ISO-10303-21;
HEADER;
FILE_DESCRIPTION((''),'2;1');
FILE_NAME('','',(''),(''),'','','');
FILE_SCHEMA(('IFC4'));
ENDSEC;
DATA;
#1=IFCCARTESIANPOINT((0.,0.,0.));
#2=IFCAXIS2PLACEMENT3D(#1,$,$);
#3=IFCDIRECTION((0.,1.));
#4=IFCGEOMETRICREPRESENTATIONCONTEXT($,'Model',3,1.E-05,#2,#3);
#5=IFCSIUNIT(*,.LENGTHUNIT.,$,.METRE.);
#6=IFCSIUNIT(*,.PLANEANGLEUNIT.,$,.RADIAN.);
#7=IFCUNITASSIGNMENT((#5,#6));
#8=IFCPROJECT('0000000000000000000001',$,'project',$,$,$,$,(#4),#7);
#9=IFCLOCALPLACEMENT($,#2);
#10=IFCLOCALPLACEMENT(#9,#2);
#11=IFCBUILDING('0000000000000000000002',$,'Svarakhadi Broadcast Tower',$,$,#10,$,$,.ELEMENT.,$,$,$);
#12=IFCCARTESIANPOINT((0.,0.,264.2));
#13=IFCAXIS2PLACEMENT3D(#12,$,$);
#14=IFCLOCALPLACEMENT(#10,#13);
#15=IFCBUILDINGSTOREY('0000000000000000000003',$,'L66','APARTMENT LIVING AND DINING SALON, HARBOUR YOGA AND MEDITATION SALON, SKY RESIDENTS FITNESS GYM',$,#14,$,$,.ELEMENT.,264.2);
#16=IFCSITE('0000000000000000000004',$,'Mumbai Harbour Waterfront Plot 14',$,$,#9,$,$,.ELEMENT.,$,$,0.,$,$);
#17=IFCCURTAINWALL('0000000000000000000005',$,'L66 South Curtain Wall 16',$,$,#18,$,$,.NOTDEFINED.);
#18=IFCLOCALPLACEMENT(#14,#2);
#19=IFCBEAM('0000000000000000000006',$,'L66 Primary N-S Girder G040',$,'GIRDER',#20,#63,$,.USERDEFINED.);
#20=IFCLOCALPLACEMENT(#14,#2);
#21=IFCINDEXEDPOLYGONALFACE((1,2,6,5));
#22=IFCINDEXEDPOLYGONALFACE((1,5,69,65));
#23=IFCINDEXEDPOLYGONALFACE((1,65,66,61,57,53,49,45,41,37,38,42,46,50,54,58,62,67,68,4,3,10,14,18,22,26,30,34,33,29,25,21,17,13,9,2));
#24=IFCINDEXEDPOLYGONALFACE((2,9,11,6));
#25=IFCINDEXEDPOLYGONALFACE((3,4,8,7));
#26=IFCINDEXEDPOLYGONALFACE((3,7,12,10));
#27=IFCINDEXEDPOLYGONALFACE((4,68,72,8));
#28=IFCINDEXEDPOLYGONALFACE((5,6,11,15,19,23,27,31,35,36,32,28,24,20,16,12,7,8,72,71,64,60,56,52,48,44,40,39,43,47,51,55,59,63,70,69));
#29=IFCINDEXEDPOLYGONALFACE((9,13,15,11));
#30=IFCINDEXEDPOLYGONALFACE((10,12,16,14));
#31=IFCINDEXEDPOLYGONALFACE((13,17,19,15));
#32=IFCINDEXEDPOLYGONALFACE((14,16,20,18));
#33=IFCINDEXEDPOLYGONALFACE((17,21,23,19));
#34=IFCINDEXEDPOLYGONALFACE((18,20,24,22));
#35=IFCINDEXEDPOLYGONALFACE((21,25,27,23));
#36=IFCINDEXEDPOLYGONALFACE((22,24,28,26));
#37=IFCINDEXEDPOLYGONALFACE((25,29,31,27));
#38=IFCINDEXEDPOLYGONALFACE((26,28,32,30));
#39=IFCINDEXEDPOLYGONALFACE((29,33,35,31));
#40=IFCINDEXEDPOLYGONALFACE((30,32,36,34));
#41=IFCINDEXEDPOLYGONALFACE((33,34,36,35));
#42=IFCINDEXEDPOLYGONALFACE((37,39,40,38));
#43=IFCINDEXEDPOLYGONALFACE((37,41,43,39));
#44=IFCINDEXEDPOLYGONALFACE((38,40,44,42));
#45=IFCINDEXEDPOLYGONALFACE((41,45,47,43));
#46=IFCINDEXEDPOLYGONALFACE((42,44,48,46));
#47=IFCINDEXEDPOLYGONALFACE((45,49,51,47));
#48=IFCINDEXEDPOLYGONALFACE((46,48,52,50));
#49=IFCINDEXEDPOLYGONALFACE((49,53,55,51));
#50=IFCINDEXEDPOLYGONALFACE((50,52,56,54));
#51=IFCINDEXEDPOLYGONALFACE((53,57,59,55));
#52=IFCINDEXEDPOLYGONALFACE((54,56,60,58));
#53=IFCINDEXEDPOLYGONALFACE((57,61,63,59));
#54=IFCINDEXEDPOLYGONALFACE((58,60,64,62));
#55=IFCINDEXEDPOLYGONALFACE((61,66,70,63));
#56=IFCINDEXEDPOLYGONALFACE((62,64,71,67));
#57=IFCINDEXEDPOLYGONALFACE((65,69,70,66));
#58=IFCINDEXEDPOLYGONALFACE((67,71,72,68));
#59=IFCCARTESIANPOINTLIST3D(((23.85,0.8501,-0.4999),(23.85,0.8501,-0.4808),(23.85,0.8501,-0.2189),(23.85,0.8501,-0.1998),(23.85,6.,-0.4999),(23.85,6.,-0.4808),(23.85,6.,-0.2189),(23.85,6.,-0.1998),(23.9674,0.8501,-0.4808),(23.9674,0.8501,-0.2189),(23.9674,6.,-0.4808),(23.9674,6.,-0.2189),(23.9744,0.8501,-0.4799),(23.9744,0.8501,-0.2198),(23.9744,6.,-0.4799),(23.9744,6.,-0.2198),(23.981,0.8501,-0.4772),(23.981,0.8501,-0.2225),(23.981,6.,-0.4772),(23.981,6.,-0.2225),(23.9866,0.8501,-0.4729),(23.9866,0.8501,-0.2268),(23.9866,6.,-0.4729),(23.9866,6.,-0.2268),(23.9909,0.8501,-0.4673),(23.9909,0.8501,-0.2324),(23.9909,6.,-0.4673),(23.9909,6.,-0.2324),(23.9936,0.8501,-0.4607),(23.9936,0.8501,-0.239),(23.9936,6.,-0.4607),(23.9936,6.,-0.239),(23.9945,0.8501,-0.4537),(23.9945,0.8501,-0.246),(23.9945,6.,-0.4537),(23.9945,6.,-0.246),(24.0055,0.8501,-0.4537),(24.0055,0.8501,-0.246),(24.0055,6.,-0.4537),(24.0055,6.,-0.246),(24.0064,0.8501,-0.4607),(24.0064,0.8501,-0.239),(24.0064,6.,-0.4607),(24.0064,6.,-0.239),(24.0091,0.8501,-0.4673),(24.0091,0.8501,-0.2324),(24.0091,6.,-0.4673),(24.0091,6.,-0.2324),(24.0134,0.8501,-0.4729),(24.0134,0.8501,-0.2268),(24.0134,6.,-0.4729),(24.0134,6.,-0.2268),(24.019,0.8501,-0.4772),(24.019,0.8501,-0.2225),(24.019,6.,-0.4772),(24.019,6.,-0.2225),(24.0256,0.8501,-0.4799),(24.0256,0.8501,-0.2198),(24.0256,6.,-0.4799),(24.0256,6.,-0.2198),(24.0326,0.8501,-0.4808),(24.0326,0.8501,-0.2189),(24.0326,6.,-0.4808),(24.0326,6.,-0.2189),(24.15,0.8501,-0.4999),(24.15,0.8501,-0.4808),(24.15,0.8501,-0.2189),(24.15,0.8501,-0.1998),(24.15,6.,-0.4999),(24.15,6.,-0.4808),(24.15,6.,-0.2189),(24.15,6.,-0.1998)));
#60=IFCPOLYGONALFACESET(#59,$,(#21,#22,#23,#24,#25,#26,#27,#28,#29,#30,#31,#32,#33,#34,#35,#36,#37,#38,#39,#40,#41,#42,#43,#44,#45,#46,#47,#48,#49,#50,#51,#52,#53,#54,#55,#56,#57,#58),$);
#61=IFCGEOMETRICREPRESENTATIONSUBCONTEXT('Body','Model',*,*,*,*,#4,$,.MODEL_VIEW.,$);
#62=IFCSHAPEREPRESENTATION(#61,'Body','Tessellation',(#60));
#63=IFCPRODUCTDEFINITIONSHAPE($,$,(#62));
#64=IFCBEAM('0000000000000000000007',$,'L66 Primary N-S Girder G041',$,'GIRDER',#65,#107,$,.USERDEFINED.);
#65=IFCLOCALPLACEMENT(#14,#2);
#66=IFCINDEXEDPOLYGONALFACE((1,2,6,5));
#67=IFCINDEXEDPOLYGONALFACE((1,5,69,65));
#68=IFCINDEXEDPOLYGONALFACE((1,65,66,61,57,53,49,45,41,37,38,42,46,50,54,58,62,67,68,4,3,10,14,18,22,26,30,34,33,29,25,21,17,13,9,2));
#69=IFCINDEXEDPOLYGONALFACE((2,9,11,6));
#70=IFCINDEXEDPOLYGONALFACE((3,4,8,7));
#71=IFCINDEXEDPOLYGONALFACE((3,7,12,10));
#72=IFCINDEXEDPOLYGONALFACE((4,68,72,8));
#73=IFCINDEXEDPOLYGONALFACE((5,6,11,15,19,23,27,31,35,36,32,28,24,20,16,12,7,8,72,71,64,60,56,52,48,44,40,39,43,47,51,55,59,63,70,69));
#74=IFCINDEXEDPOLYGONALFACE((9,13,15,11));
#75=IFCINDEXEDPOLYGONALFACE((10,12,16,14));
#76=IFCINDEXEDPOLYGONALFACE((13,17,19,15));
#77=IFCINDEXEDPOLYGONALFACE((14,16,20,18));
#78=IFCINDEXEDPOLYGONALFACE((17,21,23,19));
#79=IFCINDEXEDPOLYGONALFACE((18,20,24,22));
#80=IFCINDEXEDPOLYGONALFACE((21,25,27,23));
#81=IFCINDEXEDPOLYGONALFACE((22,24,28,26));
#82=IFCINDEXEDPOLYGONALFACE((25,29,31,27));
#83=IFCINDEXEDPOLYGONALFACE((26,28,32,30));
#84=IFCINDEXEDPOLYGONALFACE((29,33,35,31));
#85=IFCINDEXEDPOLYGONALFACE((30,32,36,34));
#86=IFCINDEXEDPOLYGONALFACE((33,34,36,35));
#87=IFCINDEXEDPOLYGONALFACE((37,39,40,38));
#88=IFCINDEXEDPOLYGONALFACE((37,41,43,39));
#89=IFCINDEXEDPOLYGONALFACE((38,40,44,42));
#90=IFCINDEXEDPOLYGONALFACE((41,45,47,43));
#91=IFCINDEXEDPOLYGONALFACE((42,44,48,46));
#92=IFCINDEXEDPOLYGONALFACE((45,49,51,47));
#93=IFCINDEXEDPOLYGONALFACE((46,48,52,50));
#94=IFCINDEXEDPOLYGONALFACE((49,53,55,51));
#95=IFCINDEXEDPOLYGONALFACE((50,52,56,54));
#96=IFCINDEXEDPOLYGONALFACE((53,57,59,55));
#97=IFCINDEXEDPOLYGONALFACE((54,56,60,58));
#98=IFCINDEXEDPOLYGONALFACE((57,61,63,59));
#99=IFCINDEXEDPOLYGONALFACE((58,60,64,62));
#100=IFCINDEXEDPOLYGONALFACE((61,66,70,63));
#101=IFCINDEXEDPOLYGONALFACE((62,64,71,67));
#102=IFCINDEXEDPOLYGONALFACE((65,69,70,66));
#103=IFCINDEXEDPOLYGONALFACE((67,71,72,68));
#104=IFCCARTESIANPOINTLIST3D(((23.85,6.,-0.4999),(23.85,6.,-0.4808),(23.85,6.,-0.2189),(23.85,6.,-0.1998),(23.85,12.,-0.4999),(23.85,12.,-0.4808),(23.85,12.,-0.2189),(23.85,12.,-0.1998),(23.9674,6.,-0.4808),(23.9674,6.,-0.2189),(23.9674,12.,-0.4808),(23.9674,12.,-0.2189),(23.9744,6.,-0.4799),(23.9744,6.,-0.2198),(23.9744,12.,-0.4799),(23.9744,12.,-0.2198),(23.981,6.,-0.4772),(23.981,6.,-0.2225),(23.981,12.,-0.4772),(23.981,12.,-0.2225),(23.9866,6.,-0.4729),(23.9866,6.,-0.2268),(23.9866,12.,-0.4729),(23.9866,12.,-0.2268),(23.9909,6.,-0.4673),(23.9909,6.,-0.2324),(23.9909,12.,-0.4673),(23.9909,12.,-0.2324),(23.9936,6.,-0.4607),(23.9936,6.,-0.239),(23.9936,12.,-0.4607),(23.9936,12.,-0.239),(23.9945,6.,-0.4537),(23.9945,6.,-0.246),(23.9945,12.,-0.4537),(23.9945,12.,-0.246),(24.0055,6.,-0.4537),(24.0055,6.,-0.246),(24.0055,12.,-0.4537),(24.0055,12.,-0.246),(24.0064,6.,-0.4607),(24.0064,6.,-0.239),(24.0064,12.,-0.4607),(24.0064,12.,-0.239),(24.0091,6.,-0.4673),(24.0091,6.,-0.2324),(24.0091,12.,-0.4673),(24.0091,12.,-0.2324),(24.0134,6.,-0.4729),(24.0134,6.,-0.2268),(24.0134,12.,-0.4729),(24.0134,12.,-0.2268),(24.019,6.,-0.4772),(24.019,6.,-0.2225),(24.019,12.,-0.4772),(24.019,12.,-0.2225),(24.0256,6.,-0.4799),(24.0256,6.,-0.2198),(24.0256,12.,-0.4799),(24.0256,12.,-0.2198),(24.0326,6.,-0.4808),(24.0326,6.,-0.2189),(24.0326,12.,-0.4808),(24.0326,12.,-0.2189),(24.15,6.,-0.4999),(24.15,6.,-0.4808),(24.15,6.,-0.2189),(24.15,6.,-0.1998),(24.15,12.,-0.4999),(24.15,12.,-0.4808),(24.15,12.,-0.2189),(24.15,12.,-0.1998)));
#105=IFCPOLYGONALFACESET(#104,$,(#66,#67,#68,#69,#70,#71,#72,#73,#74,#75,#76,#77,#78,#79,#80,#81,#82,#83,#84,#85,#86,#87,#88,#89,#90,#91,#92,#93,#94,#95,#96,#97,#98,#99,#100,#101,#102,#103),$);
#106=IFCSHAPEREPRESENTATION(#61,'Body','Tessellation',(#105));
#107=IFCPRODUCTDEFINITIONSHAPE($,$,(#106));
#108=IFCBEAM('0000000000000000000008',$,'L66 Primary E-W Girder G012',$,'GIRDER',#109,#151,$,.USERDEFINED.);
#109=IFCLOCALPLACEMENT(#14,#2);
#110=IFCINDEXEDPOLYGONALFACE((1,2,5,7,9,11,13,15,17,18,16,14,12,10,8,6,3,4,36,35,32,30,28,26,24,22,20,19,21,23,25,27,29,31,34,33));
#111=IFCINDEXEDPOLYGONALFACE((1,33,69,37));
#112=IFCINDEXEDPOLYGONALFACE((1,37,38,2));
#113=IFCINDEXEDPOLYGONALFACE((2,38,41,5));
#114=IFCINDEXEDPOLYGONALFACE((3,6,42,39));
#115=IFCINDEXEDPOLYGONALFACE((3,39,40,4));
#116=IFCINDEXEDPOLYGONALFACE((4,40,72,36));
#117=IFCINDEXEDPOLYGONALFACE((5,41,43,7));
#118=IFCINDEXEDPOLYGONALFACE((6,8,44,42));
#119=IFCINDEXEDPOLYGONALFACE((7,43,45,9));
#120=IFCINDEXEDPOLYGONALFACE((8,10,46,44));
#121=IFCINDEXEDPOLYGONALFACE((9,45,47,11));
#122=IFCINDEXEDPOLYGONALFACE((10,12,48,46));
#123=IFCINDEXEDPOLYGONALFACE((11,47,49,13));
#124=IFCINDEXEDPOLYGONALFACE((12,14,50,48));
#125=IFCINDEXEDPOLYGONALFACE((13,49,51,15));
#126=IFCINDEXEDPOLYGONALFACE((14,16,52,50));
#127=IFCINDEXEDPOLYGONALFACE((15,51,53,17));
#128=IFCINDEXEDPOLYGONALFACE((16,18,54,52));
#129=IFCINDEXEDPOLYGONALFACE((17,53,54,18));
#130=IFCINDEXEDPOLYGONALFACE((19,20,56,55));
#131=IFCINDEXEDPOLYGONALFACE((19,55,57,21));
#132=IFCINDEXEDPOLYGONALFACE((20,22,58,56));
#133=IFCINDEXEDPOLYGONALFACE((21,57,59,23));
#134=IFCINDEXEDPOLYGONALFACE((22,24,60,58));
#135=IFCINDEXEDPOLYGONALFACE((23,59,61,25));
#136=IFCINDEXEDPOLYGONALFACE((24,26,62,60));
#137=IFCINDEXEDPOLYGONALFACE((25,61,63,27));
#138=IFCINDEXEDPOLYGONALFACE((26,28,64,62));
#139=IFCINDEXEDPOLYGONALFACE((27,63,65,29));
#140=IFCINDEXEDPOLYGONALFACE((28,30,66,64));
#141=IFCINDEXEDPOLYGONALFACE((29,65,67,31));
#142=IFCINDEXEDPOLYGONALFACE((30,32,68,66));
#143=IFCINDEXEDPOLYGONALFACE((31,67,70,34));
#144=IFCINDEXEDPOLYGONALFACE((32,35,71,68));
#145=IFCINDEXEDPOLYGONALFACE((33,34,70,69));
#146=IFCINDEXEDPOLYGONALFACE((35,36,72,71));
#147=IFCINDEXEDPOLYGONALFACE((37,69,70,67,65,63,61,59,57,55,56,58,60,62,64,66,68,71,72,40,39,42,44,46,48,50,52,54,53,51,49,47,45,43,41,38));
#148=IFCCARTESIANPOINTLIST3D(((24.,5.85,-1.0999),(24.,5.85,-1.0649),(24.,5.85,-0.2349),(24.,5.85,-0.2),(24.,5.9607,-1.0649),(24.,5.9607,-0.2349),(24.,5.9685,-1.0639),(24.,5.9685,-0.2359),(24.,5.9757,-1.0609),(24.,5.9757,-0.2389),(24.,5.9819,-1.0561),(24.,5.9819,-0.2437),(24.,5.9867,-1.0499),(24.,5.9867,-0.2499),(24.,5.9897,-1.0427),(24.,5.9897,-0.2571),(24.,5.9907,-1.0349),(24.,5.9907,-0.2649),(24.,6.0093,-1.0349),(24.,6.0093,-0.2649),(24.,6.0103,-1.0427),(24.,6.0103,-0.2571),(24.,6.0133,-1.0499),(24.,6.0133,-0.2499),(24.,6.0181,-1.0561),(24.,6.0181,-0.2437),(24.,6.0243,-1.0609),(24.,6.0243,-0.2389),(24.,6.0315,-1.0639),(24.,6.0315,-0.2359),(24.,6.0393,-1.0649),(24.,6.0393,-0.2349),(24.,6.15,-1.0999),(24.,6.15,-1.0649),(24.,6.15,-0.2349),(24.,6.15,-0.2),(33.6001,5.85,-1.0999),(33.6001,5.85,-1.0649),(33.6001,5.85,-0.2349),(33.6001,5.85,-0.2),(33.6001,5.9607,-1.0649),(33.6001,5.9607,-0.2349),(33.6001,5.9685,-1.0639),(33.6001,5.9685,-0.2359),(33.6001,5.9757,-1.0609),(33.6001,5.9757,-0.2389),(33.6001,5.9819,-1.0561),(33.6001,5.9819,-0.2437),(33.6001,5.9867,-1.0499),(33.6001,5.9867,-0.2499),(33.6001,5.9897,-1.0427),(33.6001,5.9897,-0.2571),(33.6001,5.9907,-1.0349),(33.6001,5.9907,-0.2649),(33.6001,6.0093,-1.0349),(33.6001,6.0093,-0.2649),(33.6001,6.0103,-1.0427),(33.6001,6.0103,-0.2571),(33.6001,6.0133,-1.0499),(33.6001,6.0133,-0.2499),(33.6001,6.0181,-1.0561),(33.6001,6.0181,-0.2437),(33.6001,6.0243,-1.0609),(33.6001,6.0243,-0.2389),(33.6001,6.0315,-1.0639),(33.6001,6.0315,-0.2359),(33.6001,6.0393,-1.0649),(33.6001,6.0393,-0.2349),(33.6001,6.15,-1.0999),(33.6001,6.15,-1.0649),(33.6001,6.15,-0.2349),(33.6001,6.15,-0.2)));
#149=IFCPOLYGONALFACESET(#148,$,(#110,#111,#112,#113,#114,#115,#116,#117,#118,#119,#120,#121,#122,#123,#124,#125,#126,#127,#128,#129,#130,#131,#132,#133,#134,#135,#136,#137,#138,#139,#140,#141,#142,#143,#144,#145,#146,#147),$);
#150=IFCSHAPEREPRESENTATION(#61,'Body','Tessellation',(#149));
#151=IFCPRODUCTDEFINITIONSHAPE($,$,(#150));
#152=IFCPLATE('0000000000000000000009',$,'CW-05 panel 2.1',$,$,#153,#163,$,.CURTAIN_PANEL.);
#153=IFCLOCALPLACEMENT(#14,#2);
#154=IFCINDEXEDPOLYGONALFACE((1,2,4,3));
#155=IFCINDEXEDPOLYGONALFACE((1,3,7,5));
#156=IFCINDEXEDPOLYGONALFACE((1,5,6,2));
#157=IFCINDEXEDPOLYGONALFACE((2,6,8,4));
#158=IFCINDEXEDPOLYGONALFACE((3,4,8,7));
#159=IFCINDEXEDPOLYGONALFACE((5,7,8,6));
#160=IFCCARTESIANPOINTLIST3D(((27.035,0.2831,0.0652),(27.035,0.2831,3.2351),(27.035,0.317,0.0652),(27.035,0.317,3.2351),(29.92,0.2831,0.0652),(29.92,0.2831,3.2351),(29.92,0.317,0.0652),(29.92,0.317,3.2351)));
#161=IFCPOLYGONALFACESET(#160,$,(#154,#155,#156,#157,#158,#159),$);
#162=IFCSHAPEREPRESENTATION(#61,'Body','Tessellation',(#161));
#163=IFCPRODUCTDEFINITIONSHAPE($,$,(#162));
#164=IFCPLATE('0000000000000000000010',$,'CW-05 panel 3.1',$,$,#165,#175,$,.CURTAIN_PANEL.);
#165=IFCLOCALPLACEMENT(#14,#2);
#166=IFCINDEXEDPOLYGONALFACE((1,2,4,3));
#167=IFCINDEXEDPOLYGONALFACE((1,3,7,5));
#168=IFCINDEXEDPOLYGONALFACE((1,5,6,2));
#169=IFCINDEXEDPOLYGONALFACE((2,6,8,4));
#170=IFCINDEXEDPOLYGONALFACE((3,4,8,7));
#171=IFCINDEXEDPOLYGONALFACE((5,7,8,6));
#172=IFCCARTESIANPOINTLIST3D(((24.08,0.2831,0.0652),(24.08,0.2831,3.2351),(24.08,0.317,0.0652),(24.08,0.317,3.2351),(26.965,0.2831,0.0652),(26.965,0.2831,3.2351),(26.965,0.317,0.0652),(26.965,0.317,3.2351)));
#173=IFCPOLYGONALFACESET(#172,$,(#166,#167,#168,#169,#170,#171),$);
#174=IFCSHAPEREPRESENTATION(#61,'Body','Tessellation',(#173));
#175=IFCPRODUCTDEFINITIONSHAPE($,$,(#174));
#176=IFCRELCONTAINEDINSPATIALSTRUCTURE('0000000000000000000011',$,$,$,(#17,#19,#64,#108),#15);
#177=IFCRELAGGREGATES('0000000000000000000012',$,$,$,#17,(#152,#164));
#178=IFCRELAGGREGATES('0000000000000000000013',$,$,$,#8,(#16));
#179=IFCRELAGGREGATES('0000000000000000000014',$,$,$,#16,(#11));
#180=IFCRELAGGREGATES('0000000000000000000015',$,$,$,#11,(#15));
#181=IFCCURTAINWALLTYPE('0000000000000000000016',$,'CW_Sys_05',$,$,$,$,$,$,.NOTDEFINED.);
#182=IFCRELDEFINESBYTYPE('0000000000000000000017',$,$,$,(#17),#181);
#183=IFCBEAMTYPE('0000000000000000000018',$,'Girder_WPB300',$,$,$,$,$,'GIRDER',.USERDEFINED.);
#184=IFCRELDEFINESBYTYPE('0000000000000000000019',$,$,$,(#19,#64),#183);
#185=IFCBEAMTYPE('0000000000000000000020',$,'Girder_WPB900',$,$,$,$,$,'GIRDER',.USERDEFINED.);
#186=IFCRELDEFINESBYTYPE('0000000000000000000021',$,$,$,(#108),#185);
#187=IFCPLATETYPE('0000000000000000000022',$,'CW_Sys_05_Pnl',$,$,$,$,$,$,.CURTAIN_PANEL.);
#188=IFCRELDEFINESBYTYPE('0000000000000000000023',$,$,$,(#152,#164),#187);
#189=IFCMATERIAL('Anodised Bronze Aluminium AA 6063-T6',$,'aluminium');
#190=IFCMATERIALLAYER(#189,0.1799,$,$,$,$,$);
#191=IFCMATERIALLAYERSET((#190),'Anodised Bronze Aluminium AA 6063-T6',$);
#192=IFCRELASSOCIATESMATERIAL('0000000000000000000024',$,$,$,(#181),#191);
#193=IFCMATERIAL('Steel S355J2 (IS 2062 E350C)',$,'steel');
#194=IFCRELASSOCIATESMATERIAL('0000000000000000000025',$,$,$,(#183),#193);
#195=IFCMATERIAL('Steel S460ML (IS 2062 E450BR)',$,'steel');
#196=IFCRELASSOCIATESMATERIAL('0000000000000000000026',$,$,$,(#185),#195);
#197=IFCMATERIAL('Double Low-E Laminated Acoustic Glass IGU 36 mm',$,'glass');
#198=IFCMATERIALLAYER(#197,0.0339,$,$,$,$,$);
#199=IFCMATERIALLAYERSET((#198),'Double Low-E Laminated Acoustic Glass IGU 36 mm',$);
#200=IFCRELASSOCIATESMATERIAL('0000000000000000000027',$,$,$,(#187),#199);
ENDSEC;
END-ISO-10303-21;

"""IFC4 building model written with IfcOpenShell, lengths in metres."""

from ifc_helpers import new_model, si_unit, direction, frame, origin, origin_2d, place, context, subcontext, project, spatial, rectangle, i_section, extrude, material, layer, layer_set, material_profile, profile_set, type_object, element, aggregate, save


model = new_model("IFC4")

# Units and contexts
model_context = context("Model", 3, precision=1e-05, world=origin(), true_north=direction((0.0, 1.0)))
body_context = subcontext(model_context, "Body", "Model", "MODEL_VIEW")
ifc_project = project(units=[si_unit("LENGTHUNIT", "METRE"), si_unit("PLANEANGLEUNIT", "RADIAN")], contexts=[model_context])

# Site, building, storey
site_placement = place(None, origin())
site = spatial("IfcSite", under=ifc_project, at=site_placement, Name="Mumbai Harbour Waterfront Plot 14", CompositionType="ELEMENT", RefElevation=0.0)
building_placement = place(site_placement, origin())
building = spatial("IfcBuilding", under=site, at=building_placement, Name="Svarakhadi Broadcast Tower", CompositionType="ELEMENT")
storey_placement = place(building_placement, frame((0.0, 0.0, 264.2)))
storey = spatial("IfcBuildingStorey", under=building, at=storey_placement, Name="L66", Description="APARTMENT LIVING AND DINING SALON, HARBOUR YOGA AND MEDITATION SALON, SKY RESIDENTS FITNESS GYM", CompositionType="ELEMENT", Elevation=264.2)

# Curtain wall
ifc_material_1 = material(Name="Anodised Bronze Aluminium AA 6063-T6", Category="aluminium")
ifc_layer_1 = layer(ifc_material_1, 0.1799)
ifc_layer_set_1 = layer_set([ifc_layer_1], Name="Anodised Bronze Aluminium AA 6063-T6")
curtain_wall_type = type_object("IfcCurtainWallType", Name="CW_Sys_05", PredefinedType="NOTDEFINED", material=ifc_layer_set_1)
curtain_wall_placement = place(storey_placement, origin())
curtain_wall = element("IfcCurtainWall", 1, at=curtain_wall_placement, inside=storey, type_object=curtain_wall_type, Name="L66 South Curtain Wall 16", PredefinedType="NOTDEFINED")

# Beams
ifc_material_2 = material(Name="Steel S355J2 (IS 2062 E350C)", Category="steel")
ifc_material_profile_1 = material_profile(ifc_material_2, i_section(OverallWidth=0.3, OverallDepth=0.3, WebThickness=0.011, FlangeThickness=0.019, FilletRadius=0.0271, at=origin_2d()), Name="WPB 300x300x117")
ifc_profile_set_1 = profile_set([ifc_material_profile_1], Name="Steel S355J2 (IS 2062 E350C)")
beam_type_1 = type_object("IfcBeamType", Name="Girder_WPB300", ElementType="GIRDER", PredefinedType="USERDEFINED", material=ifc_profile_set_1)
beam_1_placement = place(storey_placement, frame((24.0, 0.8501, -0.3499), z_axis=(0.0, 1.0, 0.0), x_axis=(-1.0, 0.0, 0.0)))
element("IfcBeam", 2, at=beam_1_placement, inside=storey, type_object=beam_type_1, Name="L66 Primary N-S Girder G040", ObjectType="GIRDER", PredefinedType="USERDEFINED", context=body_context, shape_type="SweptSolid", body=[
    extrude(i_section(OverallWidth=0.3, OverallDepth=0.3, WebThickness=0.011, FlangeThickness=0.019, FilletRadius=0.0271, at=origin_2d()), origin(), (0.0, 0.0, 1.0), 5.1499),
])
beam_2_placement = place(storey_placement, frame((24.0, 6.0, -0.3499), z_axis=(0.0, 1.0, 0.0), x_axis=(-1.0, 0.0, 0.0)))
element("IfcBeam", 3, at=beam_2_placement, inside=storey, type_object=beam_type_1, Name="L66 Primary N-S Girder G041", ObjectType="GIRDER", PredefinedType="USERDEFINED", context=body_context, shape_type="SweptSolid", body=[
    extrude(i_section(OverallWidth=0.3, OverallDepth=0.3, WebThickness=0.011, FlangeThickness=0.019, FilletRadius=0.0271, at=origin_2d()), origin(), (0.0, 0.0, 1.0), 6.0),
])
ifc_material_3 = material(Name="Steel S460ML (IS 2062 E450BR)", Category="steel")
ifc_material_profile_2 = material_profile(ifc_material_3, i_section(OverallWidth=0.3, OverallDepth=0.8999, WebThickness=0.0186, FlangeThickness=0.0349, FilletRadius=0.03, at=origin_2d()), Name="WPB 900x300x291")
ifc_profile_set_2 = profile_set([ifc_material_profile_2], Name="Steel S460ML (IS 2062 E450BR)")
beam_type_2 = type_object("IfcBeamType", Name="Girder_WPB900", ElementType="GIRDER", PredefinedType="USERDEFINED", material=ifc_profile_set_2)
beam_3_placement = place(storey_placement, frame((24.0, 6.0, -0.6499), z_axis=(1.0, 0.0, 0.0), x_axis=(0.0, 1.0, 0.0)))
element("IfcBeam", 4, at=beam_3_placement, inside=storey, type_object=beam_type_2, Name="L66 Primary E-W Girder G012", ObjectType="GIRDER", PredefinedType="USERDEFINED", context=body_context, shape_type="SweptSolid", body=[
    extrude(i_section(OverallWidth=0.3, OverallDepth=0.8999, WebThickness=0.0186, FlangeThickness=0.0349, FilletRadius=0.03, at=origin_2d()), origin(), (0.0, 0.0, 1.0), 9.6001),
])

# Plates
ifc_material_4 = material(Name="Double Low-E Laminated Acoustic Glass IGU 36 mm", Category="glass")
ifc_layer_2 = layer(ifc_material_4, 0.0339)
ifc_layer_set_2 = layer_set([ifc_layer_2], Name="Double Low-E Laminated Acoustic Glass IGU 36 mm")
plate_type = type_object("IfcPlateType", Name="CW_Sys_05_Pnl", PredefinedType="CURTAIN_PANEL", material=ifc_layer_set_2)
plate_1_placement = place(storey_placement, frame((28.4775, 0.3, 0.0652), z_axis=(0.0, 0.0, 1.0), x_axis=(-1.0, 0.0, 0.0)))
plate_1 = element("IfcPlate", 5, at=plate_1_placement, type_object=plate_type, Name="CW-05 panel 2.1", PredefinedType="CURTAIN_PANEL", context=body_context, shape_type="SweptSolid", body=[
    extrude(rectangle(XDim=2.885, YDim=0.0339, at=origin_2d()), origin(), (0.0, 0.0, 1.0), 3.1699),
])
plate_2_placement = place(storey_placement, frame((25.5225, 0.3, 0.0652), z_axis=(0.0, 0.0, 1.0), x_axis=(-1.0, 0.0, 0.0)))
plate_2 = element("IfcPlate", 6, at=plate_2_placement, type_object=plate_type, Name="CW-05 panel 3.1", PredefinedType="CURTAIN_PANEL", context=body_context, shape_type="SweptSolid", body=[
    extrude(rectangle(XDim=2.885, YDim=0.0339, at=origin_2d()), origin(), (0.0, 0.0, 1.0), 3.1699),
])
aggregate(curtain_wall, [plate_1, plate_2])

save(model, "model.ifc")
